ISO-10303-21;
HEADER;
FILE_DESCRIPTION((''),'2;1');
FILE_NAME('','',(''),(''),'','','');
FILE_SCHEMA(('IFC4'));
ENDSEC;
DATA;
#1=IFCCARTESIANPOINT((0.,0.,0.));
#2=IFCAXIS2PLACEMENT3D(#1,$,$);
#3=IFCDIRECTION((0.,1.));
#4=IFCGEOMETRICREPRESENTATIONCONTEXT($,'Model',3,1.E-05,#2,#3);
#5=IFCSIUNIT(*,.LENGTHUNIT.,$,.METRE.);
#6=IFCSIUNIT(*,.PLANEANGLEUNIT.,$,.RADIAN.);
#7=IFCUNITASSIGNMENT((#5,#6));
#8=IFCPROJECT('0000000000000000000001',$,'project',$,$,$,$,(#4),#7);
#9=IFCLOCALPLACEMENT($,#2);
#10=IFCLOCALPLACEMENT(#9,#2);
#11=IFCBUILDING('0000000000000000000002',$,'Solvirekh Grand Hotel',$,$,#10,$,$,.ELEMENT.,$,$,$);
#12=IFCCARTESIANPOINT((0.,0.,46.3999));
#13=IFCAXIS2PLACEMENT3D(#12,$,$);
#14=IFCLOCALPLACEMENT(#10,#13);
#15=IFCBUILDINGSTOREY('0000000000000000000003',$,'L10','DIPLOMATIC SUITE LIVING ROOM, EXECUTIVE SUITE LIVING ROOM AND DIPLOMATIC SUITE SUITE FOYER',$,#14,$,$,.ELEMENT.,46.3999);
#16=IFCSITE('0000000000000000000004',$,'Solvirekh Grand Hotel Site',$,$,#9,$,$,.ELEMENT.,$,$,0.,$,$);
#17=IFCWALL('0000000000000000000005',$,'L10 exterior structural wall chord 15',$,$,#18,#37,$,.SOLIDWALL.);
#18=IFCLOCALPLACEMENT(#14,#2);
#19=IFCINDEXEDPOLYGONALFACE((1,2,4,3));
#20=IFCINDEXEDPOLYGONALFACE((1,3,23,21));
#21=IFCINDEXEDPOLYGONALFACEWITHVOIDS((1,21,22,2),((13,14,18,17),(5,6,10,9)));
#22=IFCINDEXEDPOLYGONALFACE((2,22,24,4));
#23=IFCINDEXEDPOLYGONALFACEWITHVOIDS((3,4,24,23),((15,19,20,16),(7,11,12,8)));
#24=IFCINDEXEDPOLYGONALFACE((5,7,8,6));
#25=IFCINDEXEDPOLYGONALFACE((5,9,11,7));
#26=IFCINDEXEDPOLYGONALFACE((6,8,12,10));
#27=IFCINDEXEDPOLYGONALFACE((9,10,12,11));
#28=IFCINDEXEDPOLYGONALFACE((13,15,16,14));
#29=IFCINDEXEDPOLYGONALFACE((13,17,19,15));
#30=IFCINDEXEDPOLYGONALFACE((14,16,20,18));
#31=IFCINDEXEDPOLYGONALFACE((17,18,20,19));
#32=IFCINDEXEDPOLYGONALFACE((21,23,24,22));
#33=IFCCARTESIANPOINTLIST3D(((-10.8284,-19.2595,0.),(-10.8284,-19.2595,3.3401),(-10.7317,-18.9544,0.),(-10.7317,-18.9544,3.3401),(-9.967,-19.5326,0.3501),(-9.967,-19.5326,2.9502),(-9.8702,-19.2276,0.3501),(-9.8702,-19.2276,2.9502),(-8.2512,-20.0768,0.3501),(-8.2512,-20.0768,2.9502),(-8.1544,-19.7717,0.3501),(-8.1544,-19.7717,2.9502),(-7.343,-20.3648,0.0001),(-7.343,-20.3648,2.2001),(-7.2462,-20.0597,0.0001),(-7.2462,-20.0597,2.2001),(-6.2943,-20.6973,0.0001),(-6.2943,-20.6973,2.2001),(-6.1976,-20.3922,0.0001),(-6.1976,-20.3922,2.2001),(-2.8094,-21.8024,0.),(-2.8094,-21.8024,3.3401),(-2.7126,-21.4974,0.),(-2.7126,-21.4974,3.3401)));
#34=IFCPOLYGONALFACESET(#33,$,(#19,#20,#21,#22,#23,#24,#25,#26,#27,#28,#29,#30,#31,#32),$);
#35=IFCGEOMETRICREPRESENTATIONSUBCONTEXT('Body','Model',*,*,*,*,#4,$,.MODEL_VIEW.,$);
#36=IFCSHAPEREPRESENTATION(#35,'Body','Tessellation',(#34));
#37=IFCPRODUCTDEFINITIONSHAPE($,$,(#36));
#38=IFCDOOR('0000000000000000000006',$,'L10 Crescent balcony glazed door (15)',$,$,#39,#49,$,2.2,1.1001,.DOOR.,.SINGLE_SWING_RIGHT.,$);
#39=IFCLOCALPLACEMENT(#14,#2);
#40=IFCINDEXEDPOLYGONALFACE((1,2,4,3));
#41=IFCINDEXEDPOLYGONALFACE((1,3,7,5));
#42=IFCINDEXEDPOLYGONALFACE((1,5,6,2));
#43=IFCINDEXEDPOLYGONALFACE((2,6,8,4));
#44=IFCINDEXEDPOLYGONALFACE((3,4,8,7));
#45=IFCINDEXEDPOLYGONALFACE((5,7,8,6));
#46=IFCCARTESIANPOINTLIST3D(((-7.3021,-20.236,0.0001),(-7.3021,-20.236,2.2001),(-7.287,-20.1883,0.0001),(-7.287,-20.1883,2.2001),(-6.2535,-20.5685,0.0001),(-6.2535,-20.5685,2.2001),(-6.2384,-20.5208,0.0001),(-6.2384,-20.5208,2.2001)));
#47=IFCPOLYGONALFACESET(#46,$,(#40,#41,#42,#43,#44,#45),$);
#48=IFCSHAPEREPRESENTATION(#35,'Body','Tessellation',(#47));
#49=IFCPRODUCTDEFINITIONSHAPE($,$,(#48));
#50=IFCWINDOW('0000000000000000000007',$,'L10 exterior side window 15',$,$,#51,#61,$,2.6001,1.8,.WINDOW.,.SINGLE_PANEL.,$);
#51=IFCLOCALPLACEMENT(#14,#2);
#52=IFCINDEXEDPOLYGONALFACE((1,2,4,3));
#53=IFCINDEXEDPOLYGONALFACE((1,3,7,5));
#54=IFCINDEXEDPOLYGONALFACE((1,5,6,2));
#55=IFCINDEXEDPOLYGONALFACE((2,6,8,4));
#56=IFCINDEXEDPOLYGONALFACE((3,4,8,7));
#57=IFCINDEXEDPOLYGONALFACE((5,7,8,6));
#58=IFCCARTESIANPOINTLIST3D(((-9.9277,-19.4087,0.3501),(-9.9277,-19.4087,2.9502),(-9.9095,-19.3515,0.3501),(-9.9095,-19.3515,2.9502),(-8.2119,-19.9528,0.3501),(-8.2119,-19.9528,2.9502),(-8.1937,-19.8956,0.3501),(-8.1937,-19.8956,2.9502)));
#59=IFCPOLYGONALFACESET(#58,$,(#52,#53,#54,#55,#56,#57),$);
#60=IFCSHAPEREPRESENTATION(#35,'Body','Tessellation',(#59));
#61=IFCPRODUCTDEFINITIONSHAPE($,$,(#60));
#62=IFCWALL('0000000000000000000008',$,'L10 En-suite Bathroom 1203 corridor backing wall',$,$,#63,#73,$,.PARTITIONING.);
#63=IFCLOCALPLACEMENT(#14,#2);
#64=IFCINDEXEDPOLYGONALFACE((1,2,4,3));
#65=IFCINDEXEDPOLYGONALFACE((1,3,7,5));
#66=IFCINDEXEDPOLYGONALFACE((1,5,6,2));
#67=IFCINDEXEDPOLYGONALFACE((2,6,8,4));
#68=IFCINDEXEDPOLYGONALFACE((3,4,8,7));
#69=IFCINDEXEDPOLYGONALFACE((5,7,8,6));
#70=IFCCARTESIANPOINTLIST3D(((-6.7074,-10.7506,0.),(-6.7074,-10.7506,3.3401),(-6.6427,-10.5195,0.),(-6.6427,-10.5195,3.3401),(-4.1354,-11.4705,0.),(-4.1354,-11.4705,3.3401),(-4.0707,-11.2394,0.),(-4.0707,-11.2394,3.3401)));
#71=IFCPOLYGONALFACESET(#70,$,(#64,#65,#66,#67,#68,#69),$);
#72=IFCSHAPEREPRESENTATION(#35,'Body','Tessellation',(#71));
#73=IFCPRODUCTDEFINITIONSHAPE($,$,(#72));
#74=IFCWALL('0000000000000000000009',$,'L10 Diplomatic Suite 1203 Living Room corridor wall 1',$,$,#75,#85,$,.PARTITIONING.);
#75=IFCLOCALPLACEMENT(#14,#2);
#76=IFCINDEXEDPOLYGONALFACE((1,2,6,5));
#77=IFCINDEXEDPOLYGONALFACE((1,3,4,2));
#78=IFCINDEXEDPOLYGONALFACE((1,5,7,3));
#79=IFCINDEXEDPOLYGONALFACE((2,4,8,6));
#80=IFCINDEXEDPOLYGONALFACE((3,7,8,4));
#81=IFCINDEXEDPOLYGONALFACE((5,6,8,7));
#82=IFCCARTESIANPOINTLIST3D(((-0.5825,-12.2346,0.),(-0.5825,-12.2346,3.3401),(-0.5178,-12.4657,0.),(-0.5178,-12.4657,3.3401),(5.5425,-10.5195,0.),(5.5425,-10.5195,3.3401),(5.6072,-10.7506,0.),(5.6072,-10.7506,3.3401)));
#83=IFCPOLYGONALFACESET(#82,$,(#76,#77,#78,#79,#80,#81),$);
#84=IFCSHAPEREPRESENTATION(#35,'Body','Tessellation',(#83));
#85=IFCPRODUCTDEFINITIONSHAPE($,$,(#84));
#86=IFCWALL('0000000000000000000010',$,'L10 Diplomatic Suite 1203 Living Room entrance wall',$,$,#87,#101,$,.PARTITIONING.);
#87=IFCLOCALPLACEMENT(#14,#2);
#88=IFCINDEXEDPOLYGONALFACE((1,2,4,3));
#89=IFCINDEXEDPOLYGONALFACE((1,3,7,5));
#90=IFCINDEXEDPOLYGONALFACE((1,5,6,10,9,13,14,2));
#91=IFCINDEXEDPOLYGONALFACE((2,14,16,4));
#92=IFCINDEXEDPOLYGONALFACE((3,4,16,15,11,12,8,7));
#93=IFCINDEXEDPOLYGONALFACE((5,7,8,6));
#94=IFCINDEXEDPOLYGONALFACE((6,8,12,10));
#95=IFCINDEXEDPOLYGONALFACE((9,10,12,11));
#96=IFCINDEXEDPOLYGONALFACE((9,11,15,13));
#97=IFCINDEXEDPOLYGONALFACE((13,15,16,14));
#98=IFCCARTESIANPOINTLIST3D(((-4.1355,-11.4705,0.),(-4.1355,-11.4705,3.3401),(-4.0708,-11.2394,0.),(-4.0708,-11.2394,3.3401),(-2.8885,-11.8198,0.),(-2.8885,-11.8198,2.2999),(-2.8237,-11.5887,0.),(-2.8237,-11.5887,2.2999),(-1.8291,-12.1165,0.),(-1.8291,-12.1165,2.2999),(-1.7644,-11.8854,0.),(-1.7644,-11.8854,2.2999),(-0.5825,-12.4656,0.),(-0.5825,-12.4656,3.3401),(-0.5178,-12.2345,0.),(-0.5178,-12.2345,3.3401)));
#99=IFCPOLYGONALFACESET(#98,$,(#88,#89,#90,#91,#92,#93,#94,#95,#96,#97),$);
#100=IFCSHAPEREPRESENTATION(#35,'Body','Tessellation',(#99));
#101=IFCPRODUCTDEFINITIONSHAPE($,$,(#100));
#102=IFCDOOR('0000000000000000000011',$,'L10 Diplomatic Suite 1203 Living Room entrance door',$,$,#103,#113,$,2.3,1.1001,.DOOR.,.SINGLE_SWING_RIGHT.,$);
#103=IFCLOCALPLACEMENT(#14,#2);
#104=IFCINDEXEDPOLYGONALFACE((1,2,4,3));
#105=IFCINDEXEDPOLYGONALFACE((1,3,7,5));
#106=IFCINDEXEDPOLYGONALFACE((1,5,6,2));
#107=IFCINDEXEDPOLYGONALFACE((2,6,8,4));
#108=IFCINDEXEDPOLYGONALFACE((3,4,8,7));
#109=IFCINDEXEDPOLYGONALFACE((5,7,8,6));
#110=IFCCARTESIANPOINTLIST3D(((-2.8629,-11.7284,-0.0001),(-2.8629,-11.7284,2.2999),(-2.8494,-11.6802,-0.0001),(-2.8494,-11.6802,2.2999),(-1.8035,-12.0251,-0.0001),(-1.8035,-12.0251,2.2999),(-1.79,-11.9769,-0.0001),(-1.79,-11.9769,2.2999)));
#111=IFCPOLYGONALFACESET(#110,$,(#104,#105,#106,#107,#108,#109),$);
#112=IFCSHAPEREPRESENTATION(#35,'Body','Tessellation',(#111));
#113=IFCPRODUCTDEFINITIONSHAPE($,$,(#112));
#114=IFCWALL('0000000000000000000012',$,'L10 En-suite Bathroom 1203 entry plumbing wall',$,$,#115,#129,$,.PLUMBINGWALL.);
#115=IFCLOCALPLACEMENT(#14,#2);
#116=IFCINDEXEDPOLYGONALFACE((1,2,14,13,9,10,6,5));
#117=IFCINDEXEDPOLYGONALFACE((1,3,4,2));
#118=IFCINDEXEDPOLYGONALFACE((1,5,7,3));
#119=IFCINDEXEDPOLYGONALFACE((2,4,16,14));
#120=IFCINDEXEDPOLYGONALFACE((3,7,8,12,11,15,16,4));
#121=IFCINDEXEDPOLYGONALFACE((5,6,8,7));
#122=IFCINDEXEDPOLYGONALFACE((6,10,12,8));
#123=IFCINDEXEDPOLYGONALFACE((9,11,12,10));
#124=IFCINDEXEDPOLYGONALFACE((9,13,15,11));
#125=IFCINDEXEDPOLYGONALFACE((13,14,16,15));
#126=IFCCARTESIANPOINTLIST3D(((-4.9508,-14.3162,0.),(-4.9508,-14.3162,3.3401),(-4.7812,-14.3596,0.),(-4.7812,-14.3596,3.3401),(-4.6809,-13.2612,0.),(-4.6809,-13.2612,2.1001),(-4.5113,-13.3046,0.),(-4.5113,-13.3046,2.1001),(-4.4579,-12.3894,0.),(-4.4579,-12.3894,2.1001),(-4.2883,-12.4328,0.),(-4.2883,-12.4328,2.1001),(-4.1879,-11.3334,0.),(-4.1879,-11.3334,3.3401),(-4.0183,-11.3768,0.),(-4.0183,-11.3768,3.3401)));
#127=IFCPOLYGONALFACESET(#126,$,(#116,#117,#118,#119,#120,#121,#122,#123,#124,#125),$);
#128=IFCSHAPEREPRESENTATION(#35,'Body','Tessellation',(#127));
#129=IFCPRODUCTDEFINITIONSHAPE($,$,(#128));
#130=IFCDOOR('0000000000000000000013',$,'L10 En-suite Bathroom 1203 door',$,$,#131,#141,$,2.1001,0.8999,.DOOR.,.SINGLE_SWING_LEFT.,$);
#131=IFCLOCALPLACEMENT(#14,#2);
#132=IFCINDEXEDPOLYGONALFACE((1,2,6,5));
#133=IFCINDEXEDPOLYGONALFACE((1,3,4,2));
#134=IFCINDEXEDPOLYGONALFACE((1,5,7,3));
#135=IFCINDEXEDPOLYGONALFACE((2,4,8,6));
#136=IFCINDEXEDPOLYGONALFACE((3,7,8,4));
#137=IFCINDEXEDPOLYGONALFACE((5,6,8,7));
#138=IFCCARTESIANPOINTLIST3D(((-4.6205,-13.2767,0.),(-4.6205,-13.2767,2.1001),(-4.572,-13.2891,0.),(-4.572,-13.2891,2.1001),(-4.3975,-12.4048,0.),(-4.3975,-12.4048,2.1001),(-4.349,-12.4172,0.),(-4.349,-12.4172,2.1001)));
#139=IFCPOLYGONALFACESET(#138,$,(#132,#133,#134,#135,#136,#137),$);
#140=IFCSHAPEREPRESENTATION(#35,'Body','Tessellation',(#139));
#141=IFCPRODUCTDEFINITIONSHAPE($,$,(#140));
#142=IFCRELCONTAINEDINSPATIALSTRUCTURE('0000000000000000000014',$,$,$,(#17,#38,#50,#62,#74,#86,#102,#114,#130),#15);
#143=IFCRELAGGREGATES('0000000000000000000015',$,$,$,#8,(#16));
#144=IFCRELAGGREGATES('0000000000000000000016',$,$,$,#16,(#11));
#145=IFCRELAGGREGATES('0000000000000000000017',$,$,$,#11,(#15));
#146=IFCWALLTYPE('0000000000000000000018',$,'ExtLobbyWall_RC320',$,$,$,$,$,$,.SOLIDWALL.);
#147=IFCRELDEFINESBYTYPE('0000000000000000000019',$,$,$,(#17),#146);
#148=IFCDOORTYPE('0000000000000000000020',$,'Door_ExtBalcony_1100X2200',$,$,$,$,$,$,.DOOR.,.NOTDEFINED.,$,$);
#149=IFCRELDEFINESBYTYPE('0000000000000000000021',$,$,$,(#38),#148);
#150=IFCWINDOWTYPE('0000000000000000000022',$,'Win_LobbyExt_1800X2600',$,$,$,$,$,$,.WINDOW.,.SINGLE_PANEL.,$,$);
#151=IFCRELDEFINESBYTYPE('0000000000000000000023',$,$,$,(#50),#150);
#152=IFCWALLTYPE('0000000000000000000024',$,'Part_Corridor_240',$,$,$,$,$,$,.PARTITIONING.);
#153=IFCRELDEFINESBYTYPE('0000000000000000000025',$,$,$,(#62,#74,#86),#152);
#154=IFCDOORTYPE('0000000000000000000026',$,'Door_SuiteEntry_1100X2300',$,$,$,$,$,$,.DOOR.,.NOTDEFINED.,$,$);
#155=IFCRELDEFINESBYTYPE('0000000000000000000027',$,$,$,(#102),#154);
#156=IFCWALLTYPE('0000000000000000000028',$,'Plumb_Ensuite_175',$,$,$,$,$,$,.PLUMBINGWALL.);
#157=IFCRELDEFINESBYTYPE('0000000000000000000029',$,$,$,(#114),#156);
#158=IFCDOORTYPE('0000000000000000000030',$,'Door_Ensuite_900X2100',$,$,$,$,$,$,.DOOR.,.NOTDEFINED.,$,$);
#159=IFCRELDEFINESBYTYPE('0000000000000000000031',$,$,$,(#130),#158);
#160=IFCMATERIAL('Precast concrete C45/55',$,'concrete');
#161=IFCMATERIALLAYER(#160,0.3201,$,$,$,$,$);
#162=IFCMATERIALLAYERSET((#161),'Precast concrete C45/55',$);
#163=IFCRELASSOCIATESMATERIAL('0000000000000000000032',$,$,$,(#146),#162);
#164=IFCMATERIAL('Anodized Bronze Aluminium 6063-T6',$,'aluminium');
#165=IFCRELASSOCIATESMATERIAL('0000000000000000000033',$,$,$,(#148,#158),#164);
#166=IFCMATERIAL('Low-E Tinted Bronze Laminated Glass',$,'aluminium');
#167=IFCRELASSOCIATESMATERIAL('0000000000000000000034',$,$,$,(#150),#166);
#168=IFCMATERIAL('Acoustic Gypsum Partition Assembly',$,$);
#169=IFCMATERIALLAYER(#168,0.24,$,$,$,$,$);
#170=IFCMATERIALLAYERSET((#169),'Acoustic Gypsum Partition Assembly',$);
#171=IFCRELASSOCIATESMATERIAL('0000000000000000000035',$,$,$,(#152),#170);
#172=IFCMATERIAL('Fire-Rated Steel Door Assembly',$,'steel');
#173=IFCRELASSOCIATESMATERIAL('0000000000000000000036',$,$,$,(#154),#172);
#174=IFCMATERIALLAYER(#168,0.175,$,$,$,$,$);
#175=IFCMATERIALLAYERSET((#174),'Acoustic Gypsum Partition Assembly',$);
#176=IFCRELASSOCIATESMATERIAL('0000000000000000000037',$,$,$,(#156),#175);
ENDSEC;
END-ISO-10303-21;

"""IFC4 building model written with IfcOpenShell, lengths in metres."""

from ifc_helpers import new_model, si_unit, direction, frame, frame_2d, origin, place, context, subcontext, project, spatial, rectangle, extrude, material, layer, layer_set, type_object, element, fill, save


model = new_model("IFC4")

# Units and contexts
model_context = context("Model", 3, precision=1e-05, world=origin(), true_north=direction((0.0, 1.0)))
body_context = subcontext(model_context, "Body", "Model", "MODEL_VIEW")
ifc_project = project(units=[si_unit("LENGTHUNIT", "METRE"), si_unit("PLANEANGLEUNIT", "RADIAN")], contexts=[model_context])

# Site, building, storey
site_placement = place(None, origin())
site = spatial("IfcSite", under=ifc_project, at=site_placement, Name="Solvirekh Grand Hotel Site", CompositionType="ELEMENT", RefElevation=0.0)
building_placement = place(site_placement, origin())
building = spatial("IfcBuilding", under=site, at=building_placement, Name="Solvirekh Grand Hotel", CompositionType="ELEMENT")
storey_placement = place(building_placement, frame((0.0, 0.0, 46.3999)))
storey = spatial("IfcBuildingStorey", under=building, at=storey_placement, Name="L10", Description="DIPLOMATIC SUITE LIVING ROOM, EXECUTIVE SUITE LIVING ROOM AND DIPLOMATIC SUITE SUITE FOYER", CompositionType="ELEMENT", Elevation=46.3999)

# Wall, openings, door, window
ifc_material_1 = material(Name="Precast concrete C45/55", Category="concrete")
ifc_layer_1 = layer(ifc_material_1, 0.3201)
ifc_layer_set_1 = layer_set([ifc_layer_1], Name="Precast concrete C45/55")
wall_type_1 = type_object("IfcWallType", Name="ExtLobbyWall_RC320", PredefinedType="SOLIDWALL", material=ifc_layer_set_1)
wall_1_placement = place(storey_placement, frame((-2.761, -21.6499, 0.0), z_axis=(0.0, 0.0, 1.0), x_axis=(-0.953219, 0.302281, 0.0)))
wall_1 = element("IfcWall", 1, at=wall_1_placement, inside=storey, type_object=wall_type_1, Name="L10 exterior structural wall chord 15", PredefinedType="SOLIDWALL", context=body_context, shape_type="SweptSolid", body=[
    extrude(rectangle(XDim=8.4126, YDim=0.3201, at=frame_2d((4.2063, 0.0))), origin(), (0.0, 0.0, 1.0), 3.3401),
])
opening_1_placement = place(wall_1_placement, frame((5.709, 0.0, 0.3501)))
opening_1 = element("IfcOpeningElement", 2, at=opening_1_placement, cuts=wall_1, PredefinedType="OPENING", context=body_context, shape_type="SweptSolid", body=[
    extrude(rectangle(XDim=1.8, YDim=2.6001, at=frame_2d((0.8999, 1.3))), frame((0.0, 0.1699, 0.0), z_axis=(0.0, -1.0, 0.0), x_axis=(1.0, 0.0, 0.0)), (0.0, 0.0, 1.0), 0.3401),
])
opening_2_placement = place(wall_1_placement, frame((3.656, 0.0, 0.0)))
opening_2 = element("IfcOpeningElement", 3, at=opening_2_placement, cuts=wall_1, PredefinedType="OPENING", context=body_context, shape_type="SweptSolid", body=[
    extrude(rectangle(XDim=1.1001, YDim=2.2, at=frame_2d((0.55, 1.1001))), frame((0.0, 0.1699, 0.0), z_axis=(0.0, -1.0, 0.0), x_axis=(1.0, 0.0, 0.0)), (0.0, 0.0, 1.0), 0.3401),
])
ifc_material_2 = material(Name="Anodized Bronze Aluminium 6063-T6", Category="aluminium")
door_type_1 = type_object("IfcDoorType", Name="Door_ExtBalcony_1100X2200", OperationType="NOTDEFINED", PredefinedType="DOOR", material=ifc_material_2)
door_1_placement = place(opening_2_placement, origin())
door_1 = element("IfcDoor", 4, at=door_1_placement, inside=storey, type_object=door_type_1, Name="L10 Crescent balcony glazed door (15)", OperationType="SINGLE_SWING_RIGHT", OverallHeight=2.2, OverallWidth=1.1001, PredefinedType="DOOR", context=body_context, shape_type="SweptSolid", body=[
    extrude(rectangle(XDim=1.1001, YDim=2.2, at=frame_2d((0.55, 1.1001))), frame((0.0, 0.0249, 0.0), z_axis=(0.0, -1.0, 0.0), x_axis=(1.0, 0.0, 0.0)), (0.0, 0.0, 1.0), 0.05),
])
fill(opening_2, door_1)
ifc_material_3 = material(Name="Low-E Tinted Bronze Laminated Glass", Category="aluminium")
window_type = type_object("IfcWindowType", Name="Win_LobbyExt_1800X2600", PartitioningType="SINGLE_PANEL", PredefinedType="WINDOW", material=ifc_material_3)
window_placement = place(opening_1_placement, origin())
window = element("IfcWindow", 5, at=window_placement, inside=storey, type_object=window_type, Name="L10 exterior side window 15", OverallHeight=2.6001, OverallWidth=1.8, PartitioningType="SINGLE_PANEL", PredefinedType="WINDOW", context=body_context, shape_type="SweptSolid", body=[
    extrude(rectangle(XDim=1.8, YDim=2.6001, at=frame_2d((0.8999, 1.3))), frame((0.0, 0.03, 0.0), z_axis=(0.0, -1.0, 0.0), x_axis=(1.0, 0.0, 0.0)), (0.0, 0.0, 1.0), 0.0601),
])
fill(opening_1, window)

# Walls
ifc_material_4 = material(Name="Acoustic Gypsum Partition Assembly")
ifc_layer_2 = layer(ifc_material_4, 0.24)
ifc_layer_set_2 = layer_set([ifc_layer_2], Name="Acoustic Gypsum Partition Assembly")
wall_type_2 = type_object("IfcWallType", Name="Part_Corridor_240", PredefinedType="PARTITIONING", material=ifc_layer_set_2)
wall_2_placement = place(storey_placement, frame((-6.675, -10.635, 0.0), z_axis=(0.0, 0.0, 1.0), x_axis=(0.962983, -0.269562, 0.0)))
element("IfcWall", 6, at=wall_2_placement, inside=storey, type_object=wall_type_2, Name="L10 En-suite Bathroom 1203 corridor backing wall", PredefinedType="PARTITIONING", context=body_context, shape_type="SweptSolid", body=[
    extrude(rectangle(XDim=2.6709, YDim=0.24, at=frame_2d((1.3354, 0.0))), origin(), (0.0, 0.0, 1.0), 3.3401),
])
wall_3_placement = place(storey_placement, frame((-0.55, -12.3501, 0.0), z_axis=(0.0, 0.0, 1.0), x_axis=(0.96296, 0.269643, 0.0)))
element("IfcWall", 7, at=wall_3_placement, inside=storey, type_object=wall_type_2, Name="L10 Diplomatic Suite 1203 Living Room corridor wall 1", PredefinedType="PARTITIONING", context=body_context, shape_type="SweptSolid", body=[
    extrude(rectangle(XDim=6.3606, YDim=0.24, at=frame_2d((3.1802, 0.0))), origin(), (0.0, 0.0, 1.0), 3.3401),
])

# Walls, openings, doors
wall_4_placement = place(storey_placement, frame((-4.103, -11.355, 0.0), z_axis=(0.0, 0.0, 1.0), x_axis=(0.962944, -0.269701, 0.0)))
wall_4 = element("IfcWall", 8, at=wall_4_placement, inside=storey, type_object=wall_type_2, Name="L10 Diplomatic Suite 1203 Living Room entrance wall", PredefinedType="PARTITIONING", context=body_context, shape_type="SweptSolid", body=[
    extrude(rectangle(XDim=3.6897, YDim=0.24, at=frame_2d((1.8447, 0.0))), origin(), (0.0, 0.0, 1.0), 3.3401),
])
opening_3_placement = place(wall_4_placement, frame((1.2949, 0.0, 0.0)))
opening_3 = element("IfcOpeningElement", 9, at=opening_3_placement, cuts=wall_4, PredefinedType="OPENING", context=body_context, shape_type="SweptSolid", body=[
    extrude(rectangle(XDim=1.1001, YDim=2.3, at=frame_2d((0.55, 1.1499))), frame((0.0, 0.1299, 0.0), z_axis=(0.0, -1.0, 0.0), x_axis=(1.0, 0.0, 0.0)), (0.0, 0.0, 1.0), 0.26),
])
ifc_material_5 = material(Name="Fire-Rated Steel Door Assembly", Category="steel")
door_type_2 = type_object("IfcDoorType", Name="Door_SuiteEntry_1100X2300", OperationType="NOTDEFINED", PredefinedType="DOOR", material=ifc_material_5)
door_2_placement = place(opening_3_placement, origin())
door_2 = element("IfcDoor", 10, at=door_2_placement, inside=storey, type_object=door_type_2, Name="L10 Diplomatic Suite 1203 Living Room entrance door", OperationType="SINGLE_SWING_RIGHT", OverallHeight=2.3, OverallWidth=1.1001, PredefinedType="DOOR", context=body_context, shape_type="SweptSolid", body=[
    extrude(rectangle(XDim=1.1001, YDim=2.3, at=frame_2d((0.55, 1.1499))), frame((0.0, 0.0249, 0.0), z_axis=(0.0, -1.0, 0.0), x_axis=(1.0, 0.0, 0.0)), (0.0, 0.0, 1.0), 0.05),
])
fill(opening_3, door_2)
ifc_layer_3 = layer(ifc_material_4, 0.175)
ifc_layer_set_3 = layer_set([ifc_layer_3], Name="Acoustic Gypsum Partition Assembly")
wall_type_3 = type_object("IfcWallType", Name="Plumb_Ensuite_175", PredefinedType="PLUMBINGWALL", material=ifc_layer_set_3)
wall_5_placement = place(storey_placement, frame((-4.103, -11.355, 0.0), z_axis=(0.0, 0.0, 1.0), x_axis=(-0.247793, -0.968813, 0.0)))
wall_5 = element("IfcWall", 11, at=wall_5_placement, inside=storey, type_object=wall_type_3, Name="L10 En-suite Bathroom 1203 entry plumbing wall", PredefinedType="PLUMBINGWALL", context=body_context, shape_type="SweptSolid", body=[
    extrude(rectangle(XDim=3.0789, YDim=0.175, at=frame_2d((1.5396, 0.0))), origin(), (0.0, 0.0, 1.0), 3.3401),
])
opening_4_placement = place(wall_5_placement, frame((1.0901, 0.0, 0.0)))
opening_4 = element("IfcOpeningElement", 12, at=opening_4_placement, cuts=wall_5, PredefinedType="OPENING", context=body_context, shape_type="SweptSolid", body=[
    extrude(rectangle(XDim=0.8999, YDim=2.1001, at=frame_2d((0.45, 1.05))), frame((0.0, 0.0977, 0.0), z_axis=(0.0, -1.0, 0.0), x_axis=(1.0, 0.0, 0.0)), (0.0, 0.0, 1.0), 0.1951),
])
door_type_3 = type_object("IfcDoorType", Name="Door_Ensuite_900X2100", OperationType="NOTDEFINED", PredefinedType="DOOR", material=ifc_material_2)
door_3_placement = place(opening_4_placement, origin())
door_3 = element("IfcDoor", 13, at=door_3_placement, inside=storey, type_object=door_type_3, Name="L10 En-suite Bathroom 1203 door", OperationType="SINGLE_SWING_LEFT", OverallHeight=2.1001, OverallWidth=0.8999, PredefinedType="DOOR", context=body_context, shape_type="SweptSolid", body=[
    extrude(rectangle(XDim=0.8999, YDim=2.1001, at=frame_2d((0.45, 1.05))), frame((0.0, 0.0249, 0.0), z_axis=(0.0, -1.0, 0.0), x_axis=(1.0, 0.0, 0.0)), (0.0, 0.0, 1.0), 0.05),
])
fill(opening_4, door_3)

save(model, "model.ifc")
